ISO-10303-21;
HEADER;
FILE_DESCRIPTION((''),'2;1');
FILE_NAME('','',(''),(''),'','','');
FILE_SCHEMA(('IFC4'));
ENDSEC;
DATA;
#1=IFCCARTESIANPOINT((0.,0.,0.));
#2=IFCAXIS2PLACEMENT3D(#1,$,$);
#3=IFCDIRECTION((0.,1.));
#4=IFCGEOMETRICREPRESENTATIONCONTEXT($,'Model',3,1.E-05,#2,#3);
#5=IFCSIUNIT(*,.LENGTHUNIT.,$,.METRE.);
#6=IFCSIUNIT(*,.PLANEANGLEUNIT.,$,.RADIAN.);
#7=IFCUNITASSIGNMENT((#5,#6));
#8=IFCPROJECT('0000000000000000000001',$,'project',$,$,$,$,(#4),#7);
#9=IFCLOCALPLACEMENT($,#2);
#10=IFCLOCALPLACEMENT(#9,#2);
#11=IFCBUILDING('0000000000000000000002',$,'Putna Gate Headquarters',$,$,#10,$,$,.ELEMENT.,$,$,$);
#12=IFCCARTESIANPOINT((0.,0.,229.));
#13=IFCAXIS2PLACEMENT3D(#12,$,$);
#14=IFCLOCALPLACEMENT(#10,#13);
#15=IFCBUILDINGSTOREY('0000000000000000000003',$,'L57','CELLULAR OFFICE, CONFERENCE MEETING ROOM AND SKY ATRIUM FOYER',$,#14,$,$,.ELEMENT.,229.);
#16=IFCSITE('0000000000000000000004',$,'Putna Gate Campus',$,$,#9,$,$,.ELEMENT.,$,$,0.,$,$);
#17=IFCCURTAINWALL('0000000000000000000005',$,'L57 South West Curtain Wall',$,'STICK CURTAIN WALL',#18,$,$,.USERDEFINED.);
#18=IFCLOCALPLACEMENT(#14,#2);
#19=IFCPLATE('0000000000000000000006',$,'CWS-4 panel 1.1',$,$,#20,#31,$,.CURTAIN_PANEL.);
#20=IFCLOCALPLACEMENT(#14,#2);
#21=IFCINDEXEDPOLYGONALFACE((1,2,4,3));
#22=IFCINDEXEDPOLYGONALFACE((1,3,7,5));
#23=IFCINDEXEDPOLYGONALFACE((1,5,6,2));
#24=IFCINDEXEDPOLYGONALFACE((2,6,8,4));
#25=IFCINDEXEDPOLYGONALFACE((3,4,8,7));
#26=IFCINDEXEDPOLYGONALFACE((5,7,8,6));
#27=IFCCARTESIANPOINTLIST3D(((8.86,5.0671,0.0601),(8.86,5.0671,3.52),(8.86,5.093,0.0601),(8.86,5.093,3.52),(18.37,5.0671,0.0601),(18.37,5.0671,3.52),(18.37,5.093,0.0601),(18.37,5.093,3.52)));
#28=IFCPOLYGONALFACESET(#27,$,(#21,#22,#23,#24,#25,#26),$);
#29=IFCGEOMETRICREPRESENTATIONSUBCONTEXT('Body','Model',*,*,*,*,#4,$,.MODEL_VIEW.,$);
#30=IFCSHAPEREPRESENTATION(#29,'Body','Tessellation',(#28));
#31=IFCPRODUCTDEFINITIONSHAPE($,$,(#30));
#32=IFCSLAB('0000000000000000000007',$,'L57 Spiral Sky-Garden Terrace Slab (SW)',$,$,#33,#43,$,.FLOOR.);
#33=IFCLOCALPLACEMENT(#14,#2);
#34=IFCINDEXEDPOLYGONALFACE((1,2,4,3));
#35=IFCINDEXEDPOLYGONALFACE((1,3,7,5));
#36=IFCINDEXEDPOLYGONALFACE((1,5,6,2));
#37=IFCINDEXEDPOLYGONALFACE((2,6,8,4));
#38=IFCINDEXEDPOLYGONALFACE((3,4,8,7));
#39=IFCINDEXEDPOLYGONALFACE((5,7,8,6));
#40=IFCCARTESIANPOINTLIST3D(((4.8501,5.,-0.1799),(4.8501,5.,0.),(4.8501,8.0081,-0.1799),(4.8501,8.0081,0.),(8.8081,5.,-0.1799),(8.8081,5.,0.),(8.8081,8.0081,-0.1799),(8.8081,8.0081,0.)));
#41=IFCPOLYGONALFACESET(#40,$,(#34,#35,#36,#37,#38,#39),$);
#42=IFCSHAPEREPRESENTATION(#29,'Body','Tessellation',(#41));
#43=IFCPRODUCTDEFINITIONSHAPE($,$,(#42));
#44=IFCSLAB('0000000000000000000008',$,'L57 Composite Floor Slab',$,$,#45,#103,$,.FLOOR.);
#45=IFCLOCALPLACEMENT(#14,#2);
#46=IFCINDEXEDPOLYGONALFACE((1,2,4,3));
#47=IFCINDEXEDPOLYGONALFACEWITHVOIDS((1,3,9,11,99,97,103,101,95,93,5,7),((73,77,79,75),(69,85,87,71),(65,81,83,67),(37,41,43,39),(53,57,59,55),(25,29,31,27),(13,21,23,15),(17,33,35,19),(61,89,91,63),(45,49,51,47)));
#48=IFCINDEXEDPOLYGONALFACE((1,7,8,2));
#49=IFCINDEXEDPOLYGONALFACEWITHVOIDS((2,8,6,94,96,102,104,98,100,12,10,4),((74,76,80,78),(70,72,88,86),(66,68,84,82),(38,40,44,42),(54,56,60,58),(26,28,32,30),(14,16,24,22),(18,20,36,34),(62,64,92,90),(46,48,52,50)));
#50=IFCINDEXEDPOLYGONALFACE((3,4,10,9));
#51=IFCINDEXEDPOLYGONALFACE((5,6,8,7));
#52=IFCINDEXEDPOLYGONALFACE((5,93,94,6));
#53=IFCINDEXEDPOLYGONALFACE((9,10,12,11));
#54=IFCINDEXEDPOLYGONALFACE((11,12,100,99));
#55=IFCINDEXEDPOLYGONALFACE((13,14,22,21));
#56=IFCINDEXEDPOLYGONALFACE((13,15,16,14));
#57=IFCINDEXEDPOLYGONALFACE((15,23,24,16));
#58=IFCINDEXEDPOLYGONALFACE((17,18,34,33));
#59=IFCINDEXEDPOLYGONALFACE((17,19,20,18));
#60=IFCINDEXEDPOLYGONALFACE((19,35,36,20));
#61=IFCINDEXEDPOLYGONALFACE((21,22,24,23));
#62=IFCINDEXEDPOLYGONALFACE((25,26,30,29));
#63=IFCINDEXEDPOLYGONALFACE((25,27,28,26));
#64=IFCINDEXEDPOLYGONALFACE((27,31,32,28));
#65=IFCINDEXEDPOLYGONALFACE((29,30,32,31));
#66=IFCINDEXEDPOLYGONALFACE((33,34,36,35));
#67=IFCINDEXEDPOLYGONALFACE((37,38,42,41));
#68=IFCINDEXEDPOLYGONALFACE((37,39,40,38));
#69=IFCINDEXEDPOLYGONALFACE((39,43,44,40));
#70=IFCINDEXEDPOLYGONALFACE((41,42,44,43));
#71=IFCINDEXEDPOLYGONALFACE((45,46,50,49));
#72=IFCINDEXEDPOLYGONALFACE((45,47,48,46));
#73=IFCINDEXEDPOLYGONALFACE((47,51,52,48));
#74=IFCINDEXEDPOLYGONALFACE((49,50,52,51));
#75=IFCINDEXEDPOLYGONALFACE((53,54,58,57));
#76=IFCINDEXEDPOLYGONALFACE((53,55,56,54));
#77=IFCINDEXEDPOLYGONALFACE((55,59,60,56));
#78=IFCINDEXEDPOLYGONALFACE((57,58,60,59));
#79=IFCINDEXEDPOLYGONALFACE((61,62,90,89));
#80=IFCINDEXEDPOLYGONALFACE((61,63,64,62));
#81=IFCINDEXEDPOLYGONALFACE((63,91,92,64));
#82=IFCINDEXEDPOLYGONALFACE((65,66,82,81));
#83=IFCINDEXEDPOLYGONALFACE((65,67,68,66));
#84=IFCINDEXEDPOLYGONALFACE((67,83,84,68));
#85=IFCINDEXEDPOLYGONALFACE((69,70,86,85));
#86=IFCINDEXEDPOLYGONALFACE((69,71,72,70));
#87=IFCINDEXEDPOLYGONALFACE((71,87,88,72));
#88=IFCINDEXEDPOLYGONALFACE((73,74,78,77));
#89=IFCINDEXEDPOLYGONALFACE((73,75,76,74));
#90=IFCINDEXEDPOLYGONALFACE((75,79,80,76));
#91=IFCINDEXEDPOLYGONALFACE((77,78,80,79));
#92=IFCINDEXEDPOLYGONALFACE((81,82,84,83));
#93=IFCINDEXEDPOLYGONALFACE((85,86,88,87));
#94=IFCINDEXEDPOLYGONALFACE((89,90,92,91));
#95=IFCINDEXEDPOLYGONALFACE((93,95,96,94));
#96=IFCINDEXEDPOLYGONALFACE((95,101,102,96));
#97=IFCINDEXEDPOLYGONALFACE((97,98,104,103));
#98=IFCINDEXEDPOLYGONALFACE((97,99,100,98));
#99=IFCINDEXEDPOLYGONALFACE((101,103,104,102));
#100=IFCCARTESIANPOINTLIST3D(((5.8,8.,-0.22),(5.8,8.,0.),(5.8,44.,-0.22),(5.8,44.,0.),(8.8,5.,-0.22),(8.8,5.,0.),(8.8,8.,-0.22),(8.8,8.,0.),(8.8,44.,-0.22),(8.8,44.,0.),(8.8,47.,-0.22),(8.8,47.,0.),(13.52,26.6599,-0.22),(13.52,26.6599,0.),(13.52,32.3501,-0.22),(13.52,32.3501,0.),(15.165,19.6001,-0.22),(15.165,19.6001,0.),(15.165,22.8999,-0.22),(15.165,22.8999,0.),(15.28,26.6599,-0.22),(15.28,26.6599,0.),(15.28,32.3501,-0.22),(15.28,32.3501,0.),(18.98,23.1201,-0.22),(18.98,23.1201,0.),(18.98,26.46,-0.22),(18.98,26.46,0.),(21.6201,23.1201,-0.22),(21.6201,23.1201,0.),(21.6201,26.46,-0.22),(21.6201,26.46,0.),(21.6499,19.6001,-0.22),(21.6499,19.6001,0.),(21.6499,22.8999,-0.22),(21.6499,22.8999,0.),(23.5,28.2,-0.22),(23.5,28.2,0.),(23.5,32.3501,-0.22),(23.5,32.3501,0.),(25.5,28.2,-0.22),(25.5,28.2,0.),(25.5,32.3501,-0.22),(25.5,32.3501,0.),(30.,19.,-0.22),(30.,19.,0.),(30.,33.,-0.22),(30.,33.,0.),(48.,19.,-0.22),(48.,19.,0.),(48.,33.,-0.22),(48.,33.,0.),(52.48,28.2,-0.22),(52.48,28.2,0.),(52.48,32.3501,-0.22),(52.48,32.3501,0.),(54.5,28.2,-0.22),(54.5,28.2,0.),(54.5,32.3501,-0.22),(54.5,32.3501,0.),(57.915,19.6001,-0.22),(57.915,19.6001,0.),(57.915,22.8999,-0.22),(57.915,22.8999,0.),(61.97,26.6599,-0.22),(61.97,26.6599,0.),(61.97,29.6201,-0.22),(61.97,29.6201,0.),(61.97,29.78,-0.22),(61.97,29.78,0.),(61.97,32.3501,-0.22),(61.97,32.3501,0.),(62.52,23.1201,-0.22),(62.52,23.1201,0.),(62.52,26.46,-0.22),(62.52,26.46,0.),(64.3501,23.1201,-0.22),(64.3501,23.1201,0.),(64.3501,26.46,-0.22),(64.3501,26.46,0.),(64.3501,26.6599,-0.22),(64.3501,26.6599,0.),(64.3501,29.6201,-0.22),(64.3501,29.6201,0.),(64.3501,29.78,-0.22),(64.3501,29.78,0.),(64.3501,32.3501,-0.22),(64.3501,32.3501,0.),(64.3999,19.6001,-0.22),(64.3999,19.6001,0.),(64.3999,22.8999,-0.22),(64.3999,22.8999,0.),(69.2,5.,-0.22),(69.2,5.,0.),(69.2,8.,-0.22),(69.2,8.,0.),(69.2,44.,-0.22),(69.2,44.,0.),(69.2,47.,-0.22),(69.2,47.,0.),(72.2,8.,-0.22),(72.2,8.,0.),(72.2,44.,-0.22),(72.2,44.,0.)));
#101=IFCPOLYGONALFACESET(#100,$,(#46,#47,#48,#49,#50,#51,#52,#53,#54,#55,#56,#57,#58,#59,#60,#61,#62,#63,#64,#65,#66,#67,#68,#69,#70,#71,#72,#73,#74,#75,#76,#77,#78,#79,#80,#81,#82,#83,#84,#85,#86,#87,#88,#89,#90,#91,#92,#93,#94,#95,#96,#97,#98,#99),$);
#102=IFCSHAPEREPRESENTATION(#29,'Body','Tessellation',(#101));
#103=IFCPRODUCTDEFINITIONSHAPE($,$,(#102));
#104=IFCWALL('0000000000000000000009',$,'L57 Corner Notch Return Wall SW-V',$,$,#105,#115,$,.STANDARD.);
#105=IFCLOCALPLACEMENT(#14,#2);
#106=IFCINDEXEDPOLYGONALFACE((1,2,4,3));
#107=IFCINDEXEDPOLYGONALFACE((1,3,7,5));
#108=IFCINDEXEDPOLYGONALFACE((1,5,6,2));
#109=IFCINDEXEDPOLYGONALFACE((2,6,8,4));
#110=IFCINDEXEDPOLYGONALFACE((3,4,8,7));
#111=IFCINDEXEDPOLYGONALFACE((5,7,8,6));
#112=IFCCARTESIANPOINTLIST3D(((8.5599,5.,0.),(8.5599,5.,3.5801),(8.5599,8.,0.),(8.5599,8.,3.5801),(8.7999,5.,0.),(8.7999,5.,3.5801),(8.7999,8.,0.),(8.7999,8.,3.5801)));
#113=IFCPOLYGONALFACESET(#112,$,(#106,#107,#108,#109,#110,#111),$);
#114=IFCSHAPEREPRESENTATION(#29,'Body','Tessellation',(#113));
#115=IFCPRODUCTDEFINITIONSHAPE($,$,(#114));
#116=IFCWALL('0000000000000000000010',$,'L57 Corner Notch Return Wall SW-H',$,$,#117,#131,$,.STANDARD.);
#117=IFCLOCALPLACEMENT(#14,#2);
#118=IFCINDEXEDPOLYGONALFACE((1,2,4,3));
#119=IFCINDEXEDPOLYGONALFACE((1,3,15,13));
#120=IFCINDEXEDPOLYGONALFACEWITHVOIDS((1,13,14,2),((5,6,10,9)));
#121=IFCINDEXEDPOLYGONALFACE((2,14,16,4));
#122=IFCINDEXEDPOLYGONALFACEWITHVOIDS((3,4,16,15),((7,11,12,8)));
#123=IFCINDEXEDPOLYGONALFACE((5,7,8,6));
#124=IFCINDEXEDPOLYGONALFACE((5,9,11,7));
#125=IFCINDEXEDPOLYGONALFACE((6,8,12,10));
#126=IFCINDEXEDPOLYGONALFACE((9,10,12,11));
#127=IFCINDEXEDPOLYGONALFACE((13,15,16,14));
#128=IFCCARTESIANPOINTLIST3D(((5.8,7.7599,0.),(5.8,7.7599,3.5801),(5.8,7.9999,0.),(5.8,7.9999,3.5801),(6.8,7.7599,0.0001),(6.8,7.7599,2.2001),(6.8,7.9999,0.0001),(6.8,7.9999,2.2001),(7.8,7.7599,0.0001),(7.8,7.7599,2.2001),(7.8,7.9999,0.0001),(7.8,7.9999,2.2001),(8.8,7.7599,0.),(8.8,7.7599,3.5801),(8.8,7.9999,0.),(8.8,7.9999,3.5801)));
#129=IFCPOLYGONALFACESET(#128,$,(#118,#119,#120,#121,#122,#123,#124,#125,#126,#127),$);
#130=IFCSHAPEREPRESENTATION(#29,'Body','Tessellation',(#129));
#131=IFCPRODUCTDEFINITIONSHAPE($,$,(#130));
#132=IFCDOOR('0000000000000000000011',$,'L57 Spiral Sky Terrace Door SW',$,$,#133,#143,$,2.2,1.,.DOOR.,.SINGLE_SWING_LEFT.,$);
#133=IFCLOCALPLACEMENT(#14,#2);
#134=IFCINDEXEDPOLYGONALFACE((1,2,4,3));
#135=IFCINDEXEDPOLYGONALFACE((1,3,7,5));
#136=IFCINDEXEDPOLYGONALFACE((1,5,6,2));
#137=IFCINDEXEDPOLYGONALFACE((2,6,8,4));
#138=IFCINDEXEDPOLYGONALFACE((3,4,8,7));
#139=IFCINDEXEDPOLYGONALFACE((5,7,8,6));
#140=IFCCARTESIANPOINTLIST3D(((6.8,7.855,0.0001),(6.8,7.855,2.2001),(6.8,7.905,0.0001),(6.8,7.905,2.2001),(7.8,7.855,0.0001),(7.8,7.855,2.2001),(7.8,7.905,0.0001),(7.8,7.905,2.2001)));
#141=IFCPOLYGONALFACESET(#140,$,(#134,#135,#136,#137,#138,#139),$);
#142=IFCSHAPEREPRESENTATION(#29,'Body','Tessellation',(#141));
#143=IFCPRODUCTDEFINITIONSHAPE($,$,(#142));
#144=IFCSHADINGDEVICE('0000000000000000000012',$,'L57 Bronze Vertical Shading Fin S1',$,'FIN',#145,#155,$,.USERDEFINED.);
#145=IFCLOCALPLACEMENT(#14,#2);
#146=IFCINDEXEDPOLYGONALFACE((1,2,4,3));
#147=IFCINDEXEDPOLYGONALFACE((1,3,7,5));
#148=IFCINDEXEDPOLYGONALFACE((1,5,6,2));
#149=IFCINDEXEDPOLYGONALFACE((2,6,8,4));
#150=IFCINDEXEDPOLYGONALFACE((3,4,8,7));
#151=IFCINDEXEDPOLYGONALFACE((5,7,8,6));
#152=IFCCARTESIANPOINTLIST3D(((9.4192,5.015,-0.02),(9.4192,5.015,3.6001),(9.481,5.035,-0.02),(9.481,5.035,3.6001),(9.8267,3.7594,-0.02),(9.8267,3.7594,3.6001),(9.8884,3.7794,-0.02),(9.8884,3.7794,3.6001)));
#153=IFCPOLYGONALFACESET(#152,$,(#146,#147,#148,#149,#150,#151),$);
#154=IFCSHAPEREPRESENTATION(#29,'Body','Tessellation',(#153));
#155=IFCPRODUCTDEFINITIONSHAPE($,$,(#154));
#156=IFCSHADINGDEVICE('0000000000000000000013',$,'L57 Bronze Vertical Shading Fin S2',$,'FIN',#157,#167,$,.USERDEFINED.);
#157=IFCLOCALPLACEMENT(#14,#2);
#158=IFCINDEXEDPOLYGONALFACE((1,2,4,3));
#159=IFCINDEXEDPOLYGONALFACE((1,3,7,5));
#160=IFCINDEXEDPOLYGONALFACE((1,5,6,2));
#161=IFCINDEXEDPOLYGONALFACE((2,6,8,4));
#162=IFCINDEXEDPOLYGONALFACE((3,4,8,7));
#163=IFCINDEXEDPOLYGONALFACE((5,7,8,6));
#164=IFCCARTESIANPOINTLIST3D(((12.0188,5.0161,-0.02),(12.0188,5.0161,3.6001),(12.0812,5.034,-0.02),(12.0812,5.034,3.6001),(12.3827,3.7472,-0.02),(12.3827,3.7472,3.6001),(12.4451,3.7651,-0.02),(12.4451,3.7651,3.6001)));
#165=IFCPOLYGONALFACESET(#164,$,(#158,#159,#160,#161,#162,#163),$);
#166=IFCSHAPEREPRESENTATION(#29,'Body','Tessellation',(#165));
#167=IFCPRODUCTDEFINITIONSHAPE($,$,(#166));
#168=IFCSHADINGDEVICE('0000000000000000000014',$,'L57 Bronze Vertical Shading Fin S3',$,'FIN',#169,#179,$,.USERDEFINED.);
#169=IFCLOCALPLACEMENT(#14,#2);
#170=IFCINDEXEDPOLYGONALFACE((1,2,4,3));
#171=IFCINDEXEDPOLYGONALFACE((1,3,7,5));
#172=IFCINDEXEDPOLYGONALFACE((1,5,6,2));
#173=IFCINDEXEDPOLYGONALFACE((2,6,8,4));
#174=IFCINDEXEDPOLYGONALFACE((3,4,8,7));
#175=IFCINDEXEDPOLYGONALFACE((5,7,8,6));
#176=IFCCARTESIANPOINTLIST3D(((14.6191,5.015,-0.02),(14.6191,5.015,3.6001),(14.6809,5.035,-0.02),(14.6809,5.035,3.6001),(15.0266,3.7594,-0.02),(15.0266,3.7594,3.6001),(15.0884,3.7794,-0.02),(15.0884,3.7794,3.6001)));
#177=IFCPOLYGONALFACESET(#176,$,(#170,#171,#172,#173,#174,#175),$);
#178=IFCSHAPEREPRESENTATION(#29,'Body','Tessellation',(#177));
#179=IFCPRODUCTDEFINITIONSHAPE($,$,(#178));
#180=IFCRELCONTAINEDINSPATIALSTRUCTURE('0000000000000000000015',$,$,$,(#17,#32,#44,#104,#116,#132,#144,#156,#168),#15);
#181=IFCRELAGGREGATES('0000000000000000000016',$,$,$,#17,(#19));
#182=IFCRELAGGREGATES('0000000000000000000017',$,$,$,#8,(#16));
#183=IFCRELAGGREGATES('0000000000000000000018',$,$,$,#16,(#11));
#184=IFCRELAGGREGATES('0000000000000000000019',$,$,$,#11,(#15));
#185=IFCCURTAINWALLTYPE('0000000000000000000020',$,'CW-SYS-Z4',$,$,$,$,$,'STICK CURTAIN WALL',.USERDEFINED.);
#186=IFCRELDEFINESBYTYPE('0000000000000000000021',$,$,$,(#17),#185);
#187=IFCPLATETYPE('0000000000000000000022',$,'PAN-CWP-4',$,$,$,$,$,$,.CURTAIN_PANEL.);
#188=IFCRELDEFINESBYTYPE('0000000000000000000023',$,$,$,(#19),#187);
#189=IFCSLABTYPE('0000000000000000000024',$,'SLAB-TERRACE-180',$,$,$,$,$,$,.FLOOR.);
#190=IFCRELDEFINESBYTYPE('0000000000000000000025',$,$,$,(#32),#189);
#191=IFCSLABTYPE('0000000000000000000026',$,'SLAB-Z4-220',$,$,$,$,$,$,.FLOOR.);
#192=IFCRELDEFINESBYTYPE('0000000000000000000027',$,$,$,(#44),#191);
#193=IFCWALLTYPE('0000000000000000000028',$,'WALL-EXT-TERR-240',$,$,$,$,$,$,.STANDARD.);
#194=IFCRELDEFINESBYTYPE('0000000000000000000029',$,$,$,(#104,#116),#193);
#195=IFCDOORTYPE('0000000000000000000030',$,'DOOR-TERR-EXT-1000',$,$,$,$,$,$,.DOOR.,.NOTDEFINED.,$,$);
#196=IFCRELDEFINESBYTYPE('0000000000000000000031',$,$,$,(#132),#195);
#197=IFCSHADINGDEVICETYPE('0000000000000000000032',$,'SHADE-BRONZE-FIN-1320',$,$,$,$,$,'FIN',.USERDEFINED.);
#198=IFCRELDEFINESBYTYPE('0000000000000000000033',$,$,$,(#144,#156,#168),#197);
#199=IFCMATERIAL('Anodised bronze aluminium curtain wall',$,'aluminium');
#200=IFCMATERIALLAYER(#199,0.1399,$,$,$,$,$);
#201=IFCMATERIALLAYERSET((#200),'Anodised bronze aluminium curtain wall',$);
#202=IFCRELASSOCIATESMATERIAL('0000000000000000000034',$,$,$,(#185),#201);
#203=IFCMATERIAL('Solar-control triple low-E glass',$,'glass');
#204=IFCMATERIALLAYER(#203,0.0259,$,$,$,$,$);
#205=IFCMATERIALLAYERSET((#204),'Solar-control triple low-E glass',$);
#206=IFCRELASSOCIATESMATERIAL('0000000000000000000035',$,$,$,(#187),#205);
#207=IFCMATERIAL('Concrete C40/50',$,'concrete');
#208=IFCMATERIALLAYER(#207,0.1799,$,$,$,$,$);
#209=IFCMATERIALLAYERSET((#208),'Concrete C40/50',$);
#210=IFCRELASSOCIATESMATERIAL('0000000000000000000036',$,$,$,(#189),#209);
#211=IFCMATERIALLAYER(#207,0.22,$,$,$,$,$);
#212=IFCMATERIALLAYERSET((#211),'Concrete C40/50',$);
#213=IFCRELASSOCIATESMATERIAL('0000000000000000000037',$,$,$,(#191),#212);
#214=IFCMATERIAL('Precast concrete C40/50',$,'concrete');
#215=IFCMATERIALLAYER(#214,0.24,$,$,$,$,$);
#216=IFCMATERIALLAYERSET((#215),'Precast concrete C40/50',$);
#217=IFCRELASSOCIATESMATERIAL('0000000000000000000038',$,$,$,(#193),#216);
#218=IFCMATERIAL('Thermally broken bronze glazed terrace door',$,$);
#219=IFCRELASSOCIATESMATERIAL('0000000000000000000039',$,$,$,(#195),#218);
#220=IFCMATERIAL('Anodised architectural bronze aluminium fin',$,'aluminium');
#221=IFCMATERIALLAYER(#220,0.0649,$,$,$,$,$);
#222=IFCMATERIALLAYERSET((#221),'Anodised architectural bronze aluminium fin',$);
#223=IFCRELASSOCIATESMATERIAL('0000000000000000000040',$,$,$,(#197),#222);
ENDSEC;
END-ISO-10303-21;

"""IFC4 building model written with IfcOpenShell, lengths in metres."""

from ifc_helpers import new_model, si_unit, direction, frame, frame_2d, origin, origin_2d, place, context, subcontext, project, spatial, polyline, rectangle, outline, extrude, material, layer, layer_set, type_object, element, fill, aggregate, save


model = new_model("IFC4")

# Units and contexts
model_context = context("Model", 3, precision=1e-05, world=origin(), true_north=direction((0.0, 1.0)))
body_context = subcontext(model_context, "Body", "Model", "MODEL_VIEW")
ifc_project = project(units=[si_unit("LENGTHUNIT", "METRE"), si_unit("PLANEANGLEUNIT", "RADIAN")], contexts=[model_context])

# Site, building, storey
site_placement = place(None, origin())
site = spatial("IfcSite", under=ifc_project, at=site_placement, Name="Putna Gate Campus", CompositionType="ELEMENT", RefElevation=0.0)
building_placement = place(site_placement, origin())
building = spatial("IfcBuilding", under=site, at=building_placement, Name="Putna Gate Headquarters", CompositionType="ELEMENT")
storey_placement = place(building_placement, frame((0.0, 0.0, 229.0)))
storey = spatial("IfcBuildingStorey", under=building, at=storey_placement, Name="L57", Description="CELLULAR OFFICE, CONFERENCE MEETING ROOM AND SKY ATRIUM FOYER", CompositionType="ELEMENT", Elevation=229.0)

# Curtain wall
ifc_material_1 = material(Name="Anodised bronze aluminium curtain wall", Category="aluminium")
ifc_layer_1 = layer(ifc_material_1, 0.1399)
ifc_layer_set_1 = layer_set([ifc_layer_1], Name="Anodised bronze aluminium curtain wall")
curtain_wall_type = type_object("IfcCurtainWallType", Name="CW-SYS-Z4", ElementType="STICK CURTAIN WALL", PredefinedType="USERDEFINED", material=ifc_layer_set_1)
curtain_wall_1_placement = place(storey_placement, origin())
curtain_wall_1 = element("IfcCurtainWall", 1, at=curtain_wall_1_placement, inside=storey, type_object=curtain_wall_type, Name="L57 South West Curtain Wall", ObjectType="STICK CURTAIN WALL", PredefinedType="USERDEFINED")

# Shared definitions
ifc_material_2 = material(Name="Concrete C40/50", Category="concrete")

# Plate
ifc_material_3 = material(Name="Solar-control triple low-E glass", Category="glass")
ifc_layer_2 = layer(ifc_material_3, 0.0259)
ifc_layer_set_2 = layer_set([ifc_layer_2], Name="Solar-control triple low-E glass")
plate_type = type_object("IfcPlateType", Name="PAN-CWP-4", PredefinedType="CURTAIN_PANEL", material=ifc_layer_set_2)
plate_placement = place(storey_placement, frame((13.615, 5.0801, 0.0601), z_axis=(0.0, 0.0, 1.0), x_axis=(1.0, 0.0, 0.0)))
plate = element("IfcPlate", 2, at=plate_placement, type_object=plate_type, Name="CWS-4 panel 1.1", PredefinedType="CURTAIN_PANEL", context=body_context, shape_type="SweptSolid", body=[
    extrude(rectangle(XDim=9.51, YDim=0.0259, at=origin_2d()), origin(), (0.0, 0.0, 1.0), 3.46),
])
aggregate(curtain_wall_1, [plate])

# Slabs
ifc_layer_3 = layer(ifc_material_2, 0.1799)
ifc_layer_set_3 = layer_set([ifc_layer_3], Name="Concrete C40/50")
slab_type_1 = type_object("IfcSlabType", Name="SLAB-TERRACE-180", PredefinedType="FLOOR", material=ifc_layer_set_3)
slab_1_placement = place(storey_placement, frame((0.0, 0.0, -0.1799)))
element("IfcSlab", 3, at=slab_1_placement, inside=storey, type_object=slab_type_1, Name="L57 Spiral Sky-Garden Terrace Slab (SW)", PredefinedType="FLOOR", context=body_context, shape_type="SweptSolid", body=[
    extrude(outline(polyline([(4.8501, 5.0), (8.8081, 5.0), (8.8081, 8.0081), (4.8501, 8.0081), (4.8501, 5.0)])), origin(), (0.0, 0.0, 1.0), 0.1799),
])
ifc_layer_4 = layer(ifc_material_2, 0.22)
ifc_layer_set_4 = layer_set([ifc_layer_4], Name="Concrete C40/50")
slab_type_2 = type_object("IfcSlabType", Name="SLAB-Z4-220", PredefinedType="FLOOR", material=ifc_layer_set_4)
slab_2_placement = place(storey_placement, frame((0.0, 0.0, -0.22)))
element("IfcSlab", 4, at=slab_2_placement, inside=storey, type_object=slab_type_2, Name="L57 Composite Floor Slab", PredefinedType="FLOOR", context=body_context, shape_type="SweptSolid", body=[
    extrude(outline(polyline([(8.8, 5.0), (69.2, 5.0), (69.2, 8.0), (72.2, 8.0), (72.2, 44.0), (69.2, 44.0), (69.2, 47.0), (8.8, 47.0), (8.8, 44.0), (5.8, 44.0), (5.8, 8.0), (8.8, 8.0), (8.8, 5.0)]), holes=[polyline([(15.165, 19.6001), (21.6499, 19.6001), (21.6499, 22.8999), (15.165, 22.8999), (15.165, 19.6001)]), polyline([(57.915, 19.6001), (64.3999, 19.6001), (64.3999, 22.8999), (57.915, 22.8999), (57.915, 19.6001)]), polyline([(13.52, 26.6599), (15.28, 26.6599), (15.28, 32.3501), (13.52, 32.3501), (13.52, 26.6599)]), polyline([(61.97, 29.78), (64.3501, 29.78), (64.3501, 32.3501), (61.97, 32.3501), (61.97, 29.78)]), polyline([(18.98, 23.1201), (21.6201, 23.1201), (21.6201, 26.46), (18.98, 26.46), (18.98, 23.1201)]), polyline([(62.52, 23.1201), (64.3501, 23.1201), (64.3501, 26.46), (62.52, 26.46), (62.52, 23.1201)]), polyline([(61.97, 26.6599), (64.3501, 26.6599), (64.3501, 29.6201), (61.97, 29.6201), (61.97, 26.6599)]), polyline([(23.5, 28.2), (25.5, 28.2), (25.5, 32.3501), (23.5, 32.3501), (23.5, 28.2)]), polyline([(52.48, 28.2), (54.5, 28.2), (54.5, 32.3501), (52.48, 32.3501), (52.48, 28.2)]), polyline([(30.0, 19.0), (48.0, 19.0), (48.0, 33.0), (30.0, 33.0), (30.0, 19.0)])]), origin(), (0.0, 0.0, 1.0), 0.22),
])

# Wall
ifc_material_4 = material(Name="Precast concrete C40/50", Category="concrete")
ifc_layer_5 = layer(ifc_material_4, 0.24)
ifc_layer_set_5 = layer_set([ifc_layer_5], Name="Precast concrete C40/50")
wall_type = type_object("IfcWallType", Name="WALL-EXT-TERR-240", PredefinedType="STANDARD", material=ifc_layer_set_5)
wall_1_placement = place(storey_placement, frame((8.6799, 5.0, 0.0), z_axis=(0.0, 0.0, 1.0), x_axis=(0.0, 1.0, 0.0)))
element("IfcWall", 5, at=wall_1_placement, inside=storey, type_object=wall_type, Name="L57 Corner Notch Return Wall SW-V", PredefinedType="STANDARD", context=body_context, shape_type="SweptSolid", body=[
    extrude(rectangle(XDim=3.0, YDim=0.24, at=frame_2d((1.5, 0.0))), origin(), (0.0, 0.0, 1.0), 3.5801),
])

# Wall, opening, door
wall_2_placement = place(storey_placement, frame((8.8, 7.8799, 0.0), z_axis=(0.0, 0.0, 1.0), x_axis=(-1.0, 0.0, 0.0)))
wall_2 = element("IfcWall", 6, at=wall_2_placement, inside=storey, type_object=wall_type, Name="L57 Corner Notch Return Wall SW-H", PredefinedType="STANDARD", context=body_context, shape_type="SweptSolid", body=[
    extrude(rectangle(XDim=3.0, YDim=0.24, at=frame_2d((1.5, 0.0))), origin(), (0.0, 0.0, 1.0), 3.5801),
])
opening_placement = place(wall_2_placement, frame((1.0, 0.0, 0.0)))
opening = element("IfcOpeningElement", 7, at=opening_placement, cuts=wall_2, PredefinedType="OPENING", context=body_context, shape_type="SweptSolid", body=[
    extrude(rectangle(XDim=1.0, YDim=2.2, at=frame_2d((0.5, 1.1001))), frame((0.0, 0.1299, 0.0), z_axis=(0.0, -1.0, 0.0), x_axis=(1.0, 0.0, 0.0)), (0.0, 0.0, 1.0), 0.26),
])
ifc_material_5 = material(Name="Thermally broken bronze glazed terrace door")
door_type = type_object("IfcDoorType", Name="DOOR-TERR-EXT-1000", OperationType="NOTDEFINED", PredefinedType="DOOR", material=ifc_material_5)
door_placement = place(opening_placement, origin())
door = element("IfcDoor", 8, at=door_placement, inside=storey, type_object=door_type, Name="L57 Spiral Sky Terrace Door SW", OperationType="SINGLE_SWING_LEFT", OverallHeight=2.2, OverallWidth=1.0, PredefinedType="DOOR", context=body_context, shape_type="SweptSolid", body=[
    extrude(rectangle(XDim=1.0, YDim=2.2, at=frame_2d((0.5, 1.1001))), frame((0.0, 0.0249, 0.0), z_axis=(0.0, -1.0, 0.0), x_axis=(1.0, 0.0, 0.0)), (0.0, 0.0, 1.0), 0.05),
])
fill(opening, door)

# Shading devices
ifc_material_6 = material(Name="Anodised architectural bronze aluminium fin", Category="aluminium")
ifc_layer_6 = layer(ifc_material_6, 0.0649)
ifc_layer_set_6 = layer_set([ifc_layer_6], Name="Anodised architectural bronze aluminium fin")
shading_device_type = type_object("IfcShadingDeviceType", Name="SHADE-BRONZE-FIN-1320", ElementType="FIN", PredefinedType="USERDEFINED", material=ifc_layer_set_6)
for number, where, z_axis, x_axis, name in (
    (9, (9.6538, 4.3972, -0.02), (0.0, 0.0, 1.0), (0.308685, -0.951164, 0.0), "L57 Bronze Vertical Shading Fin S1"),
    (10, (12.2319, 4.3906, -0.02), (0.0, 0.0, 1.0), (0.275637, -0.961262, 0.0), "L57 Bronze Vertical Shading Fin S2"),
    (11, (14.8538, 4.3972, -0.02), (0.0, 0.0, 1.0), (0.308685, -0.951164, 0.0), "L57 Bronze Vertical Shading Fin S3"),
):
    element("IfcShadingDevice", number, at=place(storey_placement, frame(where, z_axis=z_axis, x_axis=x_axis)), inside=storey, type_object=shading_device_type, Name=name, ObjectType="FIN", PredefinedType="USERDEFINED", context=body_context, shape_type="SweptSolid", body=[
        extrude(rectangle(XDim=1.3201, YDim=0.0649, at=origin_2d()), origin(), (0.0, 0.0, 1.0), 3.6201),
    ])

save(model, "model.ifc")
